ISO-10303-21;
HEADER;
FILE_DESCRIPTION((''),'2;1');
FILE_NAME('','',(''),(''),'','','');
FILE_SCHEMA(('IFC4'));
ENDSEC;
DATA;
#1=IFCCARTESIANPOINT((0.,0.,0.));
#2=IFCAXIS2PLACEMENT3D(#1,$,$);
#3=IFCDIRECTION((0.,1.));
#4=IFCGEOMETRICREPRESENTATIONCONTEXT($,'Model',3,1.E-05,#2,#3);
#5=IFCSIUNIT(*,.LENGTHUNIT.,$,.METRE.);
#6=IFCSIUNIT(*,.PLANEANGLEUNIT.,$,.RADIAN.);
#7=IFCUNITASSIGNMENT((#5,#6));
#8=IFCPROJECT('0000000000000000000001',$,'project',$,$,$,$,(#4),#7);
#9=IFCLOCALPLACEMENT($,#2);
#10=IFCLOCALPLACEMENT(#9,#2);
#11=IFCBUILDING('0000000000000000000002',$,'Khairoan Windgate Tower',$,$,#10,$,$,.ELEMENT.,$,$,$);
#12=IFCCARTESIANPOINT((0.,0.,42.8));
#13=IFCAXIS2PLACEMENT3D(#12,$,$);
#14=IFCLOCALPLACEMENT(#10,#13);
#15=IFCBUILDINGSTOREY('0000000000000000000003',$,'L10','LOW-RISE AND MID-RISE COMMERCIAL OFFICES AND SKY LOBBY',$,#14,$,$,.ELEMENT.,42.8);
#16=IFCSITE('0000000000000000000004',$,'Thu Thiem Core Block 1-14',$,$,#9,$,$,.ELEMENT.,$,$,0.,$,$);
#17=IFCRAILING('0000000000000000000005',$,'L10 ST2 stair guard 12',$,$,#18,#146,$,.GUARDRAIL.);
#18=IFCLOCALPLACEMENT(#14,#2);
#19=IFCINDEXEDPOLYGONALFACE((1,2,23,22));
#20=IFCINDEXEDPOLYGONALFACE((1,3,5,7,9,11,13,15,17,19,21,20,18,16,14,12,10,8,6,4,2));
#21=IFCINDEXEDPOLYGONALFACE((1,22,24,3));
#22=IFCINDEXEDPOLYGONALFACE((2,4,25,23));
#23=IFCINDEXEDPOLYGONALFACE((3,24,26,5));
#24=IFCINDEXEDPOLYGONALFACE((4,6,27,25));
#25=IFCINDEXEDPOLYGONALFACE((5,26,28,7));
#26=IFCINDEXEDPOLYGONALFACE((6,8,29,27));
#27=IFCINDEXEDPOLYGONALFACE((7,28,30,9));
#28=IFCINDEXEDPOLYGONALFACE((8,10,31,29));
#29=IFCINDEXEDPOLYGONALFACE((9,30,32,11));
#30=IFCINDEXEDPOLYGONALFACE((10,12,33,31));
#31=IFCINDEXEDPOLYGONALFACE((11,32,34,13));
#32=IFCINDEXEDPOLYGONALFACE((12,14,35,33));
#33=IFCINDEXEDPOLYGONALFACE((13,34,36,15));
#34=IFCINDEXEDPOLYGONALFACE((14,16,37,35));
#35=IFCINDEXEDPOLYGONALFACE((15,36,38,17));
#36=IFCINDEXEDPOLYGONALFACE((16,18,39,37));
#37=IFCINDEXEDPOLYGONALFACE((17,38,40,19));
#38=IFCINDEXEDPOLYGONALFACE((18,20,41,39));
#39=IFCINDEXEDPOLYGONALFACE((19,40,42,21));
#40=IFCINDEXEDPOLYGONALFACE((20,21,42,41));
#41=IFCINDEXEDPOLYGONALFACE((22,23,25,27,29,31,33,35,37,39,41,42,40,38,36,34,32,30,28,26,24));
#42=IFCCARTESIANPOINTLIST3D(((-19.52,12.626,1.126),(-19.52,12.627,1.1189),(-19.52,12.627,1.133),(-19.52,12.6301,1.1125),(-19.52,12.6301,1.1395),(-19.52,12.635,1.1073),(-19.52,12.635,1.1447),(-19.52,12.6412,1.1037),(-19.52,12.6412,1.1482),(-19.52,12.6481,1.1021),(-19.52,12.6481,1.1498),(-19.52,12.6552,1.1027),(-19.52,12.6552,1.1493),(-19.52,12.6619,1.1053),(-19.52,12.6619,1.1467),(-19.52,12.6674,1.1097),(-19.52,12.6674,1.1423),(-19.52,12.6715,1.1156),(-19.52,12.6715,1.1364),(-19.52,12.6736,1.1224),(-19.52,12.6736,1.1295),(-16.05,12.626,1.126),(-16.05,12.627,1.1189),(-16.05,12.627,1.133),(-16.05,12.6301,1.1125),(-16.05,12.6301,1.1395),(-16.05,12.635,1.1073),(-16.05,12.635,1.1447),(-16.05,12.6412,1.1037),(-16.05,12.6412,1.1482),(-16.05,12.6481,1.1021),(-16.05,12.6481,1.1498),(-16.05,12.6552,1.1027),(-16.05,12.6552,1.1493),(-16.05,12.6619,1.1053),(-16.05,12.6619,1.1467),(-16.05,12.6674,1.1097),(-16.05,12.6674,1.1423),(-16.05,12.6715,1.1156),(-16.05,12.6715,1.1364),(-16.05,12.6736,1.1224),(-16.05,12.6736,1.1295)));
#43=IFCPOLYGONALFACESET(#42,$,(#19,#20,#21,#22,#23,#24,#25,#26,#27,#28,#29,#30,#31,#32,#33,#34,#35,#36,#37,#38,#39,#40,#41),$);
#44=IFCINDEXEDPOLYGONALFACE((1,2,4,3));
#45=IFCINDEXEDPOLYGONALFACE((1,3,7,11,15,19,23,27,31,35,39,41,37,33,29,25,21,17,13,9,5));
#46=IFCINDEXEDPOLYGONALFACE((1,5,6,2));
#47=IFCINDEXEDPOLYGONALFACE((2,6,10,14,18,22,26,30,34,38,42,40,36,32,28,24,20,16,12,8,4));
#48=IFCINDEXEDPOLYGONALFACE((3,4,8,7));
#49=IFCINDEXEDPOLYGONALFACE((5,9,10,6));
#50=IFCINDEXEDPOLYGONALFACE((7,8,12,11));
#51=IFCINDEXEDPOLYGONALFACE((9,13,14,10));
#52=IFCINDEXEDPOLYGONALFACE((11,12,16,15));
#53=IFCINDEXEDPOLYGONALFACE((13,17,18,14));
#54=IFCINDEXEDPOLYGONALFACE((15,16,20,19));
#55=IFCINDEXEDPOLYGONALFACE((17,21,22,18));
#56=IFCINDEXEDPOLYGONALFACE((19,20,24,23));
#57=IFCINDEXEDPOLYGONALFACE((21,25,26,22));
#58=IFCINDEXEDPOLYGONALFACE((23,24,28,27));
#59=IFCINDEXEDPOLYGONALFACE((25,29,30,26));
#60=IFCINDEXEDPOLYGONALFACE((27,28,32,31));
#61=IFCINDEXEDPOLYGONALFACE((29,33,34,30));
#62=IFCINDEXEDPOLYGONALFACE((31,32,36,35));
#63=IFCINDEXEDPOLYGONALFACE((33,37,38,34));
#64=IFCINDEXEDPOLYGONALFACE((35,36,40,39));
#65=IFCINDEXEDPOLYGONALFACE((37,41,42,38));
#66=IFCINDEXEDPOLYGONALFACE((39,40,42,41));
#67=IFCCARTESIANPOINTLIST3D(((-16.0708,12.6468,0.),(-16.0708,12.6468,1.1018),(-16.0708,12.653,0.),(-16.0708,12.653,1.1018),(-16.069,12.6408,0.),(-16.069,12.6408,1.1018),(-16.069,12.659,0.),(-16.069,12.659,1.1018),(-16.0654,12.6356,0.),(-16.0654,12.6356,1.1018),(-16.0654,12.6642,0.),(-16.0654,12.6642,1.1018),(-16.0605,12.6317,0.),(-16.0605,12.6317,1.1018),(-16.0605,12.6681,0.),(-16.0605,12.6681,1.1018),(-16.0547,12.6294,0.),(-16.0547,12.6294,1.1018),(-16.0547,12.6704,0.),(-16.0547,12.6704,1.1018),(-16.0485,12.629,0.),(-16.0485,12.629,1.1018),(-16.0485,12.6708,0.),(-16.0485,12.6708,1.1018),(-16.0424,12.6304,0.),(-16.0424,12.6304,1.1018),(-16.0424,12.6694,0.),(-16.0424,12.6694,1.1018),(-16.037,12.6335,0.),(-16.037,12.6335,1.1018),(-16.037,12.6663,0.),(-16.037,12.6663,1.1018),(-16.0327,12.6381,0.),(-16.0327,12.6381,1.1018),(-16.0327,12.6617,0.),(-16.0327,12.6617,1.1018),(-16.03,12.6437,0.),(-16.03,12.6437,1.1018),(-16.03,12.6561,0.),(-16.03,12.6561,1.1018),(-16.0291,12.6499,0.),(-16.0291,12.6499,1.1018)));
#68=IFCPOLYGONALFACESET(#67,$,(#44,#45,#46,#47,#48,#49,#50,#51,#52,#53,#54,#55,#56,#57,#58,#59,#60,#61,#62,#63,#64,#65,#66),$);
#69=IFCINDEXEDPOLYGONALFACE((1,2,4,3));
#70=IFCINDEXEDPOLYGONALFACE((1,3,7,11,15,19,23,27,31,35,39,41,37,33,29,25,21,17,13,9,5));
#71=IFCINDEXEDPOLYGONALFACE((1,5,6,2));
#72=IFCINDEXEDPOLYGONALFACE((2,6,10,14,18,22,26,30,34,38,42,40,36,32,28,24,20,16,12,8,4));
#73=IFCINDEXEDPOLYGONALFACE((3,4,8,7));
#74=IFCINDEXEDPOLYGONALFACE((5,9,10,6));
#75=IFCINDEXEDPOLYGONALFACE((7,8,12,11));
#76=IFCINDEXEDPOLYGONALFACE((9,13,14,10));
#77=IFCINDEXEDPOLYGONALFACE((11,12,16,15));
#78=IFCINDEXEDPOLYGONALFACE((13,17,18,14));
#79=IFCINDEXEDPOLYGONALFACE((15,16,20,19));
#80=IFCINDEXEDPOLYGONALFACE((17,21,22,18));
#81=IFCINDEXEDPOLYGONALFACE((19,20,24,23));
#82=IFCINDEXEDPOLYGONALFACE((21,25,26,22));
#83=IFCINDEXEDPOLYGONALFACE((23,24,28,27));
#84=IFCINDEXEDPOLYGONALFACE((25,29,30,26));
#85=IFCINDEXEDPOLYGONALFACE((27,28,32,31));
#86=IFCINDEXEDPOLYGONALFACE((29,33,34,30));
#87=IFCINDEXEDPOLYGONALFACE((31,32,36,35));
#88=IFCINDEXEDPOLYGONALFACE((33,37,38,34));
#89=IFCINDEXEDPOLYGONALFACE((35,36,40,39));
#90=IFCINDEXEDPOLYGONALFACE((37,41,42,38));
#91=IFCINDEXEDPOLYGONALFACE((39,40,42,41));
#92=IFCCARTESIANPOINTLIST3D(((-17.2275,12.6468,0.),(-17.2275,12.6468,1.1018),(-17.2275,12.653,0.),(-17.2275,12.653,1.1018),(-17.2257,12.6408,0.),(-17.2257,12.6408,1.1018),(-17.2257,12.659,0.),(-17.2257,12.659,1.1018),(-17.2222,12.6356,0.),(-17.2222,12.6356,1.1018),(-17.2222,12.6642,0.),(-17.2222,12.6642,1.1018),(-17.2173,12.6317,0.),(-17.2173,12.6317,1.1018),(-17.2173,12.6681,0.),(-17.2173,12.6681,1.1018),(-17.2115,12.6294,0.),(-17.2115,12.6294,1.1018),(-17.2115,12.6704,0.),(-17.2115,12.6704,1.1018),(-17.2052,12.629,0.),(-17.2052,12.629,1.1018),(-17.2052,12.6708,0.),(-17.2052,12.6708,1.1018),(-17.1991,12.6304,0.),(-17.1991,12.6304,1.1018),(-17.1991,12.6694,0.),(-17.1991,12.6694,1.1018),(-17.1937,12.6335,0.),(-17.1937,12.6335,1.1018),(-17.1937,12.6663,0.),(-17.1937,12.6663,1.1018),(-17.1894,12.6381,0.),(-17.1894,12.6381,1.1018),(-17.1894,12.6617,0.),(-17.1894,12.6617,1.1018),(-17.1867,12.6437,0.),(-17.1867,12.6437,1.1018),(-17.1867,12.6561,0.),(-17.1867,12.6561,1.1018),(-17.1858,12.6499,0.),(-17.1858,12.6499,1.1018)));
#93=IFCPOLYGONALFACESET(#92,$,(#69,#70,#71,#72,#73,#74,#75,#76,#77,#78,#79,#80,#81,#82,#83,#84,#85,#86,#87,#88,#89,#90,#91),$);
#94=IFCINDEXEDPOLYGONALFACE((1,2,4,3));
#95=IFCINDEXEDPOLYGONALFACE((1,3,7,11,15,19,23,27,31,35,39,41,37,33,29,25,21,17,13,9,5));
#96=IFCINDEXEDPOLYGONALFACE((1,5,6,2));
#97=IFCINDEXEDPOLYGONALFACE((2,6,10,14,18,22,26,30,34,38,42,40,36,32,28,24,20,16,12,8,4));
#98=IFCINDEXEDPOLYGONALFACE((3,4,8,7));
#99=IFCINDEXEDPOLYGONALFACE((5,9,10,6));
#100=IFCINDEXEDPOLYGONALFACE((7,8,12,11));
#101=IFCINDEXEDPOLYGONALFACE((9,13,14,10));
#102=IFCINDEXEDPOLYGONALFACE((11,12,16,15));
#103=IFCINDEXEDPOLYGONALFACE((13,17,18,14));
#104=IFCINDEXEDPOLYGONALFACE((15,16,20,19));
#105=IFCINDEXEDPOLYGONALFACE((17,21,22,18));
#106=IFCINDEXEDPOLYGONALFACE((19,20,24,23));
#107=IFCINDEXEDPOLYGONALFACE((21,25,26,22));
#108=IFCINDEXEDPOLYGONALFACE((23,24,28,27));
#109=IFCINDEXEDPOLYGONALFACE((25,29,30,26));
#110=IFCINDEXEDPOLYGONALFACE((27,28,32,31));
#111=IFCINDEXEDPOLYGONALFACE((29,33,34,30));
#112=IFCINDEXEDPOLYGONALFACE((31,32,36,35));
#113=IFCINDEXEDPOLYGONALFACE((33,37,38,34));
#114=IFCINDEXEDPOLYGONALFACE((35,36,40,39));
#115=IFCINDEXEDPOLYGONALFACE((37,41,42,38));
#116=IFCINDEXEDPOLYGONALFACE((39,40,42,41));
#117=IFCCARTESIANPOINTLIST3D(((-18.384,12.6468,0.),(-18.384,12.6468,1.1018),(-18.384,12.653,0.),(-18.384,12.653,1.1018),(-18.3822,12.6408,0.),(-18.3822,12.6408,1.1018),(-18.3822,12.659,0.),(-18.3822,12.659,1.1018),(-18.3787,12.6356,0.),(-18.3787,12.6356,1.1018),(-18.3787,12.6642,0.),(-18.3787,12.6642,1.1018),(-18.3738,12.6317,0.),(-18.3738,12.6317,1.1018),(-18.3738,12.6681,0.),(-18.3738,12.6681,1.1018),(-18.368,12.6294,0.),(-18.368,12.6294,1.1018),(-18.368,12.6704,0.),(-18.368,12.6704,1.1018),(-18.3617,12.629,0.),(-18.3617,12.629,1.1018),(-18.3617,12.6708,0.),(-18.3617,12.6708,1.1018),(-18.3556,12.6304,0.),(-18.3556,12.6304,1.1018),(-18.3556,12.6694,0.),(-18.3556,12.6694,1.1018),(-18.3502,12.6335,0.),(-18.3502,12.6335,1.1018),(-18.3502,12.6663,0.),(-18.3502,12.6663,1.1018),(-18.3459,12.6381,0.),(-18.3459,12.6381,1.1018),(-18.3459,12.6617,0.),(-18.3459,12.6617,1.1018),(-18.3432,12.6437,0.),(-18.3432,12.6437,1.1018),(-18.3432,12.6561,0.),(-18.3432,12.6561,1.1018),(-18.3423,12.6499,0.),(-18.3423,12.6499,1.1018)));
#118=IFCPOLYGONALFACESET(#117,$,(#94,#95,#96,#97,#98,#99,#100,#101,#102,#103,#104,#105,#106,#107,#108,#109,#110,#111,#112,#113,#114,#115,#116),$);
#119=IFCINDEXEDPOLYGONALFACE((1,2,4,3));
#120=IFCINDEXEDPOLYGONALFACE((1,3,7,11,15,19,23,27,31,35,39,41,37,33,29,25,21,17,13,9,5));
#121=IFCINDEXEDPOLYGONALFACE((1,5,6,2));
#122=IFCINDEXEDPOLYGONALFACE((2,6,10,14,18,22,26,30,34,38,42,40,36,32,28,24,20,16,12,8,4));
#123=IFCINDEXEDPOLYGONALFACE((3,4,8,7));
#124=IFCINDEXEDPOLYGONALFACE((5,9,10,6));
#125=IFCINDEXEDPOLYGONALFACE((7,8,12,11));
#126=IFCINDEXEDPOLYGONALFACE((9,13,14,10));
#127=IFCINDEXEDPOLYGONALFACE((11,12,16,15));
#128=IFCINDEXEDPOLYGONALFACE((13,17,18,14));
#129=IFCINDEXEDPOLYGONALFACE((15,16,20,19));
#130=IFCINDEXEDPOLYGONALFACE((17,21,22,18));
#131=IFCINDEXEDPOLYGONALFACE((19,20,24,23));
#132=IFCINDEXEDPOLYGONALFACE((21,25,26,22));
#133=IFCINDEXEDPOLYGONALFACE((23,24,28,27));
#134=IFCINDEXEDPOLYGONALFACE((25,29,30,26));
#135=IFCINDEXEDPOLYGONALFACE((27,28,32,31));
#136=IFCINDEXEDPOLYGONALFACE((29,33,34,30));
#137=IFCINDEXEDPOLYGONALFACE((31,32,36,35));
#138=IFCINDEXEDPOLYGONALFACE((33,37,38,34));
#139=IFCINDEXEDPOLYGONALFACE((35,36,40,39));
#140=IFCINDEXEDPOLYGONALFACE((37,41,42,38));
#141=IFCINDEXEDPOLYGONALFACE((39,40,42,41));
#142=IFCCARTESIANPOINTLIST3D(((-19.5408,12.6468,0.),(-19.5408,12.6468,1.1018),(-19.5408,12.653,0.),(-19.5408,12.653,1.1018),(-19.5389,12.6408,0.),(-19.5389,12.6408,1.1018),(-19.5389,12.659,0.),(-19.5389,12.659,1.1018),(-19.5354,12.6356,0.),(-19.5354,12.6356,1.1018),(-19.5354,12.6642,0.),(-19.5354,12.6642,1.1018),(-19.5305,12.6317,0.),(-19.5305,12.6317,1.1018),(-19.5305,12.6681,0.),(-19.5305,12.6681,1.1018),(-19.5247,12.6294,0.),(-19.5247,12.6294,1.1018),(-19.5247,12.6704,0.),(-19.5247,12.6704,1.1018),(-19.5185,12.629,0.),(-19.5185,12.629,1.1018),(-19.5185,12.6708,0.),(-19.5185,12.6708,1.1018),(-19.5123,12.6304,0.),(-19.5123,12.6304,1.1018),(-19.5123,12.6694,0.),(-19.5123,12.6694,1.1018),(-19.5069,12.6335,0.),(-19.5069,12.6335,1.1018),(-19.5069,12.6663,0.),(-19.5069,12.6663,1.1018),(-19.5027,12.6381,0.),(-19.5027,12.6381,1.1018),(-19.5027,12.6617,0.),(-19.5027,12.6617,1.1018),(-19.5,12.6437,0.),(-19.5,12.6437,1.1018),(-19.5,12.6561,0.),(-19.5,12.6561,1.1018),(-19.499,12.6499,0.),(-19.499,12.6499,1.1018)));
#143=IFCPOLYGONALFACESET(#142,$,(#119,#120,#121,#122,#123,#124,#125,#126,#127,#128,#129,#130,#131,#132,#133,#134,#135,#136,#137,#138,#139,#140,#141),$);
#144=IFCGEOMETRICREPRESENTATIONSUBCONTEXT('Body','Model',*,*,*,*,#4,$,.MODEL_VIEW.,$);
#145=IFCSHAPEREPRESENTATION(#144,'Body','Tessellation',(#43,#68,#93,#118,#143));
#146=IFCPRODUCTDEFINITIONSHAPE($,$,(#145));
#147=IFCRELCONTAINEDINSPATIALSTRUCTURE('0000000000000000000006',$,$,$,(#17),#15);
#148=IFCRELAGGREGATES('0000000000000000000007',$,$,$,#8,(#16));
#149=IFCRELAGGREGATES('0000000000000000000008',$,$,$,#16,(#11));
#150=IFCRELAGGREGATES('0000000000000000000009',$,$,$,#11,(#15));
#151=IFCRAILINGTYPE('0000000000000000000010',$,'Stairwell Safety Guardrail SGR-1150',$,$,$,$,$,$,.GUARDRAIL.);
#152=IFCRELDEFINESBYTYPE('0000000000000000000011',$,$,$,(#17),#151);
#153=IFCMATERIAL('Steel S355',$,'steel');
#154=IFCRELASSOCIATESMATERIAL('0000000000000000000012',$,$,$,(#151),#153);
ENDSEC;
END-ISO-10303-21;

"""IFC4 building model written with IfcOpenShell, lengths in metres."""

from ifc_helpers import new_model, si_unit, direction, frame, origin, origin_2d, place, context, subcontext, project, spatial, circle, extrude, material, type_object, element, save


model = new_model("IFC4")

# Units and contexts
model_context = context("Model", 3, precision=1e-05, world=origin(), true_north=direction((0.0, 1.0)))
body_context = subcontext(model_context, "Body", "Model", "MODEL_VIEW")
ifc_project = project(units=[si_unit("LENGTHUNIT", "METRE"), si_unit("PLANEANGLEUNIT", "RADIAN")], contexts=[model_context])

# Site, building, storey
site_placement = place(None, origin())
site = spatial("IfcSite", under=ifc_project, at=site_placement, Name="Thu Thiem Core Block 1-14", CompositionType="ELEMENT", RefElevation=0.0)
building_placement = place(site_placement, origin())
building = spatial("IfcBuilding", under=site, at=building_placement, Name="Khairoan Windgate Tower", CompositionType="ELEMENT")
storey_placement = place(building_placement, frame((0.0, 0.0, 42.8)))
storey = spatial("IfcBuildingStorey", under=building, at=storey_placement, Name="L10", Description="LOW-RISE AND MID-RISE COMMERCIAL OFFICES AND SKY LOBBY", CompositionType="ELEMENT", Elevation=42.8)

# Railing
ifc_material_1 = material(Name="Steel S355", Category="steel")
railing_type = type_object("IfcRailingType", Name="Stairwell Safety Guardrail SGR-1150", PredefinedType="GUARDRAIL", material=ifc_material_1)
railing_1_placement = place(storey_placement, frame((-16.05, 12.6499, 0.0)))
element("IfcRailing", 1, at=railing_1_placement, inside=storey, type_object=railing_type, Name="L10 ST2 stair guard 12", PredefinedType="GUARDRAIL", context=body_context, shape_type="SweptSolid", body=[
    extrude(circle(Radius=0.0239, at=origin_2d()), frame((0.0, 0.0, 1.126), z_axis=(-1.0, 0.0, 0.0), x_axis=(0.0, -1.0, 0.0)), (0.0, 0.0, 1.0), 3.47),
    extrude(circle(Radius=0.021, at=origin_2d()), origin(), (0.0, 0.0, 1.0), 1.1018),
    extrude(circle(Radius=0.021, at=origin_2d()), frame((-1.1567, 0.0, 0.0)), (0.0, 0.0, 1.0), 1.1018),
    extrude(circle(Radius=0.021, at=origin_2d()), frame((-2.3132, 0.0, 0.0)), (0.0, 0.0, 1.0), 1.1018),
    extrude(circle(Radius=0.021, at=origin_2d()), frame((-3.47, 0.0, 0.0)), (0.0, 0.0, 1.0), 1.1018),
])

save(model, "model.ifc")
